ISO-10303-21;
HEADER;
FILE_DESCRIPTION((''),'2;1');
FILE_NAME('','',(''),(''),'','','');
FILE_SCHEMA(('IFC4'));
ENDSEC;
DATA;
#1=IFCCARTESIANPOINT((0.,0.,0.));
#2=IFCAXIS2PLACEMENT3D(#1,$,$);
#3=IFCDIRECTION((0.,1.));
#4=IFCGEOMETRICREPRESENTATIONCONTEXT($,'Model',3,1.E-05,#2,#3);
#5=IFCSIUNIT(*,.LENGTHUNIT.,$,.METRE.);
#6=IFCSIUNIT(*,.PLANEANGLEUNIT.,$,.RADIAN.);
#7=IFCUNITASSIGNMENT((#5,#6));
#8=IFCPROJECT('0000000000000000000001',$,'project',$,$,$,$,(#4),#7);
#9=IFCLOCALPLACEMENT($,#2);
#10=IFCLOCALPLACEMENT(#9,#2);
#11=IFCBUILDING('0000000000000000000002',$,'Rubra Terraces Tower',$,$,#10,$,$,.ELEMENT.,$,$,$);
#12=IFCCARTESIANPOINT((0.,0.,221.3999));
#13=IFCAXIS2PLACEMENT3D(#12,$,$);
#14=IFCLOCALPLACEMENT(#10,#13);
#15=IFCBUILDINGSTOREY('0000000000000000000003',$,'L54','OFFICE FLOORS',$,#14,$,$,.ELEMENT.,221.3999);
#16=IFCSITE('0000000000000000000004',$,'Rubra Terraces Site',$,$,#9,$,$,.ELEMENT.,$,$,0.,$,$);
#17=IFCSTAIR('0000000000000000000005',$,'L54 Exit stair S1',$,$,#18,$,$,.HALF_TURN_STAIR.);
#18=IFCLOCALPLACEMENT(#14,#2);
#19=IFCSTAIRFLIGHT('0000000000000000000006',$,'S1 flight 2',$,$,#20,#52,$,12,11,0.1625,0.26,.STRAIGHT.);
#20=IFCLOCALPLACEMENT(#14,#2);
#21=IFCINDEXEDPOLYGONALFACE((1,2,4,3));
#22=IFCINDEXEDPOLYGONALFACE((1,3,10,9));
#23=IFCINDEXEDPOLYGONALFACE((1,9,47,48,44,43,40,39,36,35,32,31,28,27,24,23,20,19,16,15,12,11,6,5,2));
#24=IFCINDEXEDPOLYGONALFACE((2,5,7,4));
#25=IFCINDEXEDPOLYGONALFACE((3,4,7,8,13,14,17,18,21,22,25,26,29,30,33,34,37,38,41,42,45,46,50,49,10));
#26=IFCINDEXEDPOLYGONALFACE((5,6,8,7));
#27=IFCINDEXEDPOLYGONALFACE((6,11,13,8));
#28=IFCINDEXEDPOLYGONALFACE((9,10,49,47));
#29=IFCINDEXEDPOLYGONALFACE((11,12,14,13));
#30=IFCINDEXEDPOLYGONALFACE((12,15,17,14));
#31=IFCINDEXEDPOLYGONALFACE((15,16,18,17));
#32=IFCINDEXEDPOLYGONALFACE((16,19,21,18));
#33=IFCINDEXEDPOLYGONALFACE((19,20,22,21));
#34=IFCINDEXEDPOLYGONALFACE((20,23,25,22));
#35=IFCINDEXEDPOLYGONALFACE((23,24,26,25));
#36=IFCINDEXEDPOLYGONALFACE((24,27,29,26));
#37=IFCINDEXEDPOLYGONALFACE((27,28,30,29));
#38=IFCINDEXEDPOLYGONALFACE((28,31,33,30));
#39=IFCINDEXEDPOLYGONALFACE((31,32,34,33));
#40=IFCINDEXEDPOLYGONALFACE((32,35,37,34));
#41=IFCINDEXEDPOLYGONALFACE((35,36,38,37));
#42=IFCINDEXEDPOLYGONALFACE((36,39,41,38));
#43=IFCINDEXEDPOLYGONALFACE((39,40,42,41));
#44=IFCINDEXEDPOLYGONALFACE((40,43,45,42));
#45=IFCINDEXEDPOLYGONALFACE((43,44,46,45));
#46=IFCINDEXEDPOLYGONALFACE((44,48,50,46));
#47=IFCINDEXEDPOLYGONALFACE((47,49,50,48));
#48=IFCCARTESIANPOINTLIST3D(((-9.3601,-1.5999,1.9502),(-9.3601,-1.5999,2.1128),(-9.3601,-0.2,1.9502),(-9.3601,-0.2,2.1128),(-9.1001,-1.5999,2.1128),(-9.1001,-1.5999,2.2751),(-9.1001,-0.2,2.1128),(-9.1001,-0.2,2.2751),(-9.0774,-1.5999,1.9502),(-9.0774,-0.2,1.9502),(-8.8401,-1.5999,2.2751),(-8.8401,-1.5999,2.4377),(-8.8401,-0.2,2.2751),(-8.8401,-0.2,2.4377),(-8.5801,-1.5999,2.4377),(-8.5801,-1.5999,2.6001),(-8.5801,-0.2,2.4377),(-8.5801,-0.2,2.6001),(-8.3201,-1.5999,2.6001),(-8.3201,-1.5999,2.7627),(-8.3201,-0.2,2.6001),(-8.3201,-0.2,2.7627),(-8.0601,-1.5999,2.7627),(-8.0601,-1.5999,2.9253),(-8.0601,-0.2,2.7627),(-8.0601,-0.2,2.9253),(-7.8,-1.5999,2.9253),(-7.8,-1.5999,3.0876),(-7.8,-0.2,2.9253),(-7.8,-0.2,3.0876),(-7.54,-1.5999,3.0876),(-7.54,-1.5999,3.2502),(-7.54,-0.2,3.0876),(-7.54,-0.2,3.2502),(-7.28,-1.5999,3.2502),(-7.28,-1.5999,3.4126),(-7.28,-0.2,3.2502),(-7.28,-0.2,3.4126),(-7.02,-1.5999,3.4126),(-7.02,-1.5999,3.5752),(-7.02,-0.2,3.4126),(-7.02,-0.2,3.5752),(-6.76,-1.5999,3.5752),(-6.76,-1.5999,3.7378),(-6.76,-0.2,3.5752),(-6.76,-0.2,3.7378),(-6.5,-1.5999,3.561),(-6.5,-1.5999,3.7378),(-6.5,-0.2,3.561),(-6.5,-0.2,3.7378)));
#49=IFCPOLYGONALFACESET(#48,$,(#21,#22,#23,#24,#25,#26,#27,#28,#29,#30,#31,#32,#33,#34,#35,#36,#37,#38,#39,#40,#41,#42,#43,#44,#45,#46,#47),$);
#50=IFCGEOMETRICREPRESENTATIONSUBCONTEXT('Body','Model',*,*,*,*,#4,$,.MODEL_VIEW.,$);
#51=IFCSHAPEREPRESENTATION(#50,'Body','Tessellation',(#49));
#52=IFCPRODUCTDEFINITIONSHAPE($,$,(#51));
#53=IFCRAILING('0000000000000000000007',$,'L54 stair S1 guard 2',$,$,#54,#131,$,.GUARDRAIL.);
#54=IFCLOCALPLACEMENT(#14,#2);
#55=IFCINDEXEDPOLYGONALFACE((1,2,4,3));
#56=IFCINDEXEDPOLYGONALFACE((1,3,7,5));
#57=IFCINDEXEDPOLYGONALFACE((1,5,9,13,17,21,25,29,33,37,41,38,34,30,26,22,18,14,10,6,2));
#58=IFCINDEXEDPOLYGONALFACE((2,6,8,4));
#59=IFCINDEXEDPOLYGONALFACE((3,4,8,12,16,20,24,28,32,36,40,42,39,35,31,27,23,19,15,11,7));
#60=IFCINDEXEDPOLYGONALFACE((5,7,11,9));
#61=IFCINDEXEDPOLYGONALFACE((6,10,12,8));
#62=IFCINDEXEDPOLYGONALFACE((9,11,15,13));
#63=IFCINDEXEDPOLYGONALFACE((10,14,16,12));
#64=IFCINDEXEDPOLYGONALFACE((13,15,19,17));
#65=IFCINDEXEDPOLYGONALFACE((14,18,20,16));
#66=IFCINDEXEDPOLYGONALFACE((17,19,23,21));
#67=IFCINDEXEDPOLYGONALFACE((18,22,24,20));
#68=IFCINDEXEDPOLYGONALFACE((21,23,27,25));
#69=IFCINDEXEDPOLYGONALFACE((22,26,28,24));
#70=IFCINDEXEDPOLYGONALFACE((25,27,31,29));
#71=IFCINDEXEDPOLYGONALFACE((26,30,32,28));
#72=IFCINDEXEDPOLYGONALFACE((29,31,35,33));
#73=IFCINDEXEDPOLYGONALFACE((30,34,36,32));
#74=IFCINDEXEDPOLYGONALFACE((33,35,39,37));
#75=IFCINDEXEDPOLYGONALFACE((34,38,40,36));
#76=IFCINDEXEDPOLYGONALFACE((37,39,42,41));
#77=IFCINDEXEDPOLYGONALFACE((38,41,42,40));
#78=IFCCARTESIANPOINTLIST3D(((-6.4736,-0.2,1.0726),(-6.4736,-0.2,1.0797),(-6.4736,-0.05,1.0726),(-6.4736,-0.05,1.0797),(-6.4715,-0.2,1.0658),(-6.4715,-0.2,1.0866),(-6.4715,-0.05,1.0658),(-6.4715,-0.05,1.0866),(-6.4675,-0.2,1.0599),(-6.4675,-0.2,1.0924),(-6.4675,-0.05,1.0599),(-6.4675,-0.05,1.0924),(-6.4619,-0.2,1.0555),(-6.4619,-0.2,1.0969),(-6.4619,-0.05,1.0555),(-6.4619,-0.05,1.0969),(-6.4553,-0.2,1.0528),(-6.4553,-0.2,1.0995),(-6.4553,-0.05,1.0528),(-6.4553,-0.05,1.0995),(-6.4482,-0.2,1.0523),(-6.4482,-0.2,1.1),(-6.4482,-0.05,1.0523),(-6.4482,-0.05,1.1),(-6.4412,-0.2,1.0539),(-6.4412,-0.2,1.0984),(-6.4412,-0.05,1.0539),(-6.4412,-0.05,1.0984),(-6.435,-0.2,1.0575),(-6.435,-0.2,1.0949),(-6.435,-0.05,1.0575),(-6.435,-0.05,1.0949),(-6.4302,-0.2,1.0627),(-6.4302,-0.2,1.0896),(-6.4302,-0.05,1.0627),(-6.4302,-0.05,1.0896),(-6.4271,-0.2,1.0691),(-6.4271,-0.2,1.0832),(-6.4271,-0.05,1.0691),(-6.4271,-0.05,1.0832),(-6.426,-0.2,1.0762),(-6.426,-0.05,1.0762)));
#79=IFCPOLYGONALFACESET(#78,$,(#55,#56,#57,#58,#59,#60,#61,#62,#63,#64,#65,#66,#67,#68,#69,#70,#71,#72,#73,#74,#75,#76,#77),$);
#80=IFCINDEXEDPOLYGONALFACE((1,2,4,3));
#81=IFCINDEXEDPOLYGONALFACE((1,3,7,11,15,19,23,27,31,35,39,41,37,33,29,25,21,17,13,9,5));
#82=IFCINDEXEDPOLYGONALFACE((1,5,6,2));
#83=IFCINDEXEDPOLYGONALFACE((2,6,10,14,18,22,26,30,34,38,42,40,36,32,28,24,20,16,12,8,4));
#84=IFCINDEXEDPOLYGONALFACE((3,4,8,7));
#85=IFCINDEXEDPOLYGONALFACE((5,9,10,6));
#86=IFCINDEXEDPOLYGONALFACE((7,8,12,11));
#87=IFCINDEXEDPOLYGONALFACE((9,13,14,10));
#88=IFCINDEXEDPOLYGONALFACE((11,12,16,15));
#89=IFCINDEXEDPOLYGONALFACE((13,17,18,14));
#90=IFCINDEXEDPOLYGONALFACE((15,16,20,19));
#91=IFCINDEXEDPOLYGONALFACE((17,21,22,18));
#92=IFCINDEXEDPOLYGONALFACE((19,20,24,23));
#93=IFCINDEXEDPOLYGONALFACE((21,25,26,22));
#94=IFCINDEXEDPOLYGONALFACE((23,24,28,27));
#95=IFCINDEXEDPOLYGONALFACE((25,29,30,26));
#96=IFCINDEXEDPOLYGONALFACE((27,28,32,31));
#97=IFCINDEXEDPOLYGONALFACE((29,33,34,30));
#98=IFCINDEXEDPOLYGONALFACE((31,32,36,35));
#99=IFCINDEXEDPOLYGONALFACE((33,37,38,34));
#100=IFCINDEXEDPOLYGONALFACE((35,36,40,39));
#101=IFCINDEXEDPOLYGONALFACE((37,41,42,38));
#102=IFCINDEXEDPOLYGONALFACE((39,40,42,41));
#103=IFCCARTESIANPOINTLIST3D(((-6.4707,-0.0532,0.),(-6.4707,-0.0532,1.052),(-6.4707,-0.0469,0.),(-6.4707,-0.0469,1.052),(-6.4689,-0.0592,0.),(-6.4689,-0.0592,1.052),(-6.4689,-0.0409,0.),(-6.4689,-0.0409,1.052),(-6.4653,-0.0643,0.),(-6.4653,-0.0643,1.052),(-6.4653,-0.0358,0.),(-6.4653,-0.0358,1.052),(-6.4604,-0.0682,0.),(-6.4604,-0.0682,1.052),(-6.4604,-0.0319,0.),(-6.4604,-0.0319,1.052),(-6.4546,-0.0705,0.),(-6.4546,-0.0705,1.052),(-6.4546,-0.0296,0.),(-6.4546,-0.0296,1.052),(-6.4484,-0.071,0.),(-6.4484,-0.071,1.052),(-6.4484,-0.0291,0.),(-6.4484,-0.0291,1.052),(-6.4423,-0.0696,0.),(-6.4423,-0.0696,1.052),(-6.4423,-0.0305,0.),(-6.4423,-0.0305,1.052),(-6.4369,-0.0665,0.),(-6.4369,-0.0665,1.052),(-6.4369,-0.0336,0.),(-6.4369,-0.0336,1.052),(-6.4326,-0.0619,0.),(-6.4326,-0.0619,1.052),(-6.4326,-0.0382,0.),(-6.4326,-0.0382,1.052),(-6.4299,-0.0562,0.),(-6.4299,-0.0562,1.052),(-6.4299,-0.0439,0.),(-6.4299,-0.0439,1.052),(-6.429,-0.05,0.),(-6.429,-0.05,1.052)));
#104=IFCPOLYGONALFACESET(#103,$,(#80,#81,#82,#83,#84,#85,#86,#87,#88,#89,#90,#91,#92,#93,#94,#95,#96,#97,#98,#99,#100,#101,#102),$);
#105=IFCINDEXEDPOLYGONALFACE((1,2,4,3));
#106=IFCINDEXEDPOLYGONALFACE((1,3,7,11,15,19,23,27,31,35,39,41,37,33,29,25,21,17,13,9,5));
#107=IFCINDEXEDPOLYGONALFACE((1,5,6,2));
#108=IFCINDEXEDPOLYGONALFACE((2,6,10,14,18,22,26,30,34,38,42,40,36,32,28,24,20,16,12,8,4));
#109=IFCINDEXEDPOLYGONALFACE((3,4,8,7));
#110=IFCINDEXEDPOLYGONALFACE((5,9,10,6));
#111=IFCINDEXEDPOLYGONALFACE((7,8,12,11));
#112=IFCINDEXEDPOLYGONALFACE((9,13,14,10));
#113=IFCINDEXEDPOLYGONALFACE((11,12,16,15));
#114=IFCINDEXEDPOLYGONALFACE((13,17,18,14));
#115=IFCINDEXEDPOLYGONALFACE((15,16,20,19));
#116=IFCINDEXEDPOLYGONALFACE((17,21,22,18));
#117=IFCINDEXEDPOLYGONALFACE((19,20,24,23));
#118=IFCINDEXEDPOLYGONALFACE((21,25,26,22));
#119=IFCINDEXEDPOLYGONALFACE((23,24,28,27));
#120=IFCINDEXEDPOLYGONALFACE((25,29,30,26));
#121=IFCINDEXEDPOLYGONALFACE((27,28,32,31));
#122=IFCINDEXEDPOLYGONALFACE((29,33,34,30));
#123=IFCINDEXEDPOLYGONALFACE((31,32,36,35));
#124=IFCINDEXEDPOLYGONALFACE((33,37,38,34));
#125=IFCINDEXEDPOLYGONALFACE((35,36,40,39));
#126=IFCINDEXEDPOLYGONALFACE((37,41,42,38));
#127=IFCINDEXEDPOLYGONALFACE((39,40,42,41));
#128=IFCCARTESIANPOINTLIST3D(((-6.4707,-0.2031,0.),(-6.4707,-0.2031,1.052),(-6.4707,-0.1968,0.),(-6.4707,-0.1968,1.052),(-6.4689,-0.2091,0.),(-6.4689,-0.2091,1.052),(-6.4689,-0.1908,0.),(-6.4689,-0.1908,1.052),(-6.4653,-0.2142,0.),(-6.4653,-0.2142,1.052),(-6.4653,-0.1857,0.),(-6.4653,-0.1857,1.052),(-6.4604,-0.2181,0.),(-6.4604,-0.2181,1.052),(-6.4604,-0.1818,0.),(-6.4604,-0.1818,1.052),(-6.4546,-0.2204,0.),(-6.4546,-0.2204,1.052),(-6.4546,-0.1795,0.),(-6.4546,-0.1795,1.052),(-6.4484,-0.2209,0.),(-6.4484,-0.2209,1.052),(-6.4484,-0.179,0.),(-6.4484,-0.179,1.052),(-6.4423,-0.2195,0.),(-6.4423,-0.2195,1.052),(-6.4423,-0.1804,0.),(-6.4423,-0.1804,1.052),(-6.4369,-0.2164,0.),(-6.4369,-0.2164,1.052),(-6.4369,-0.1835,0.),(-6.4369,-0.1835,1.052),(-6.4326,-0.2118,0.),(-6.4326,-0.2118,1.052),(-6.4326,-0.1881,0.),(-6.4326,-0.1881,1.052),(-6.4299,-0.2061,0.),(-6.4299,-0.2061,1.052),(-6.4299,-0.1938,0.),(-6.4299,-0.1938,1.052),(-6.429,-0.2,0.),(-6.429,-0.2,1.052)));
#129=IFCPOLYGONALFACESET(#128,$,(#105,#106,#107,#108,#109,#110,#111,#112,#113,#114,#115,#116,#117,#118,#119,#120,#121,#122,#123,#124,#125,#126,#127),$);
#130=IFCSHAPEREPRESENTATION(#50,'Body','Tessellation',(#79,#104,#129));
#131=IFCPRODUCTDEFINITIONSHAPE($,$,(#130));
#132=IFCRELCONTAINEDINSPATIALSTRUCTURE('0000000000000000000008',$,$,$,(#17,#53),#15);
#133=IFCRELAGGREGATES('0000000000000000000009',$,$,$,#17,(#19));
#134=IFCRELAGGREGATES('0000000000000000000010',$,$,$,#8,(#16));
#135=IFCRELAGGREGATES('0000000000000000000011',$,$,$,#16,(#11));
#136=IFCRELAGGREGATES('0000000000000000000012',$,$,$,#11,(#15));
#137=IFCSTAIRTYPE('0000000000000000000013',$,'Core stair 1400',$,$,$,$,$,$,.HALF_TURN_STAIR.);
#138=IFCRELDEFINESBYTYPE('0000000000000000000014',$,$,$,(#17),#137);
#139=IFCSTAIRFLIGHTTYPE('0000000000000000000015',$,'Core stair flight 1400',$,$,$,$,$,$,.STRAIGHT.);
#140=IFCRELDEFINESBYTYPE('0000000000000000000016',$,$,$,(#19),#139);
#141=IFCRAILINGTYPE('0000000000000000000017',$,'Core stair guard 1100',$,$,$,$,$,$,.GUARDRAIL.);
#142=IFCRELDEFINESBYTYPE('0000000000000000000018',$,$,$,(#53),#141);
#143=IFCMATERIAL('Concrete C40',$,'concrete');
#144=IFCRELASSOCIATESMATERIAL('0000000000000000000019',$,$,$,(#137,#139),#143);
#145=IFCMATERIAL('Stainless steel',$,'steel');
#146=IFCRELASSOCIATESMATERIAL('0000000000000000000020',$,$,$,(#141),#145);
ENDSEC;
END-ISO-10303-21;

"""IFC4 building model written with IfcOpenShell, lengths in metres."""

from ifc_helpers import new_model, si_unit, direction, frame, origin, origin_2d, place, context, subcontext, project, spatial, polyline, circle, outline, extrude, material, type_object, element, aggregate, save


model = new_model("IFC4")

# Units and contexts
model_context = context("Model", 3, precision=1e-05, world=origin(), true_north=direction((0.0, 1.0)))
body_context = subcontext(model_context, "Body", "Model", "MODEL_VIEW")
ifc_project = project(units=[si_unit("LENGTHUNIT", "METRE"), si_unit("PLANEANGLEUNIT", "RADIAN")], contexts=[model_context])

# Site, building, storey
site_placement = place(None, origin())
site = spatial("IfcSite", under=ifc_project, at=site_placement, Name="Rubra Terraces Site", CompositionType="ELEMENT", RefElevation=0.0)
building_placement = place(site_placement, origin())
building = spatial("IfcBuilding", under=site, at=building_placement, Name="Rubra Terraces Tower", CompositionType="ELEMENT")
storey_placement = place(building_placement, frame((0.0, 0.0, 221.3999)))
storey = spatial("IfcBuildingStorey", under=building, at=storey_placement, Name="L54", Description="OFFICE FLOORS", CompositionType="ELEMENT", Elevation=221.3999)

# Shared definitions
ifc_material_1 = material(Name="Concrete C40", Category="concrete")

# Stair, stair flight
stair_type = type_object("IfcStairType", Name="Core stair 1400", PredefinedType="HALF_TURN_STAIR", material=ifc_material_1)
stair_placement = place(storey_placement, origin())
stair = element("IfcStair", 1, at=stair_placement, inside=storey, type_object=stair_type, Name="L54 Exit stair S1", PredefinedType="HALF_TURN_STAIR")
stair_flight_type = type_object("IfcStairFlightType", Name="Core stair flight 1400", PredefinedType="STRAIGHT", material=ifc_material_1)
stair_flight_1_placement = place(storey_placement, frame((-9.3601, -0.8999, 1.9502), z_axis=(0.0, 0.0, 1.0), x_axis=(1.0, 0.0, 0.0)))
stair_flight_1 = element("IfcStairFlight", 2, at=stair_flight_1_placement, type_object=stair_flight_type, Name="S1 flight 2", NumberOfRisers=12, NumberOfTreads=11, PredefinedType="STRAIGHT", RiserHeight=0.1625, TreadLength=0.26, context=body_context, shape_type="SweptSolid", body=[
    extrude(outline(polyline([(0.0, 0.0), (0.0, 0.1626), (0.26, 0.1626), (0.26, 0.325), (0.52, 0.325), (0.52, 0.4875), (0.78, 0.4875), (0.78, 0.6499), (1.04, 0.6499), (1.04, 0.8125), (1.3, 0.8125), (1.3, 0.9751), (1.5601, 0.9751), (1.5601, 1.1375), (1.8201, 1.1375), (1.8201, 1.3), (2.0801, 1.3), (2.0801, 1.4624), (2.3401, 1.4624), (2.3401, 1.625), (2.6001, 1.625), (2.6001, 1.7876), (2.8601, 1.7876), (2.8601, 1.95), (2.8601, 1.6108), (0.2827, 0.0), (0.0, 0.0)])), frame((0.0, 0.7, 0.0), z_axis=(0.0, -1.0, 0.0), x_axis=(1.0, 0.0, 0.0)), (0.0, 0.0, 1.0), 1.3999),
])
aggregate(stair, [stair_flight_1])

# Railing
ifc_material_2 = material(Name="Stainless steel", Category="steel")
railing_type_1 = type_object("IfcRailingType", Name="Core stair guard 1100", PredefinedType="GUARDRAIL", material=ifc_material_2)
railing_1_placement = place(storey_placement, frame((-6.45, -0.05, 0.0)))
element("IfcRailing", 3, at=railing_1_placement, inside=storey, type_object=railing_type_1, Name="L54 stair S1 guard 2", PredefinedType="GUARDRAIL", context=body_context, shape_type="SweptSolid", body=[
    extrude(circle(Radius=0.0239, at=origin_2d()), frame((0.0, 0.0, 1.0762), z_axis=(0.0, -1.0, 0.0), x_axis=(1.0, 0.0, 0.0)), (0.0, 0.0, 1.0), 0.1499),
    extrude(circle(Radius=0.021, at=origin_2d()), origin(), (0.0, 0.0, 1.0), 1.052),
    extrude(circle(Radius=0.021, at=origin_2d()), frame((0.0, -0.1499, 0.0)), (0.0, 0.0, 1.0), 1.052),
])

save(model, "model.ifc")
